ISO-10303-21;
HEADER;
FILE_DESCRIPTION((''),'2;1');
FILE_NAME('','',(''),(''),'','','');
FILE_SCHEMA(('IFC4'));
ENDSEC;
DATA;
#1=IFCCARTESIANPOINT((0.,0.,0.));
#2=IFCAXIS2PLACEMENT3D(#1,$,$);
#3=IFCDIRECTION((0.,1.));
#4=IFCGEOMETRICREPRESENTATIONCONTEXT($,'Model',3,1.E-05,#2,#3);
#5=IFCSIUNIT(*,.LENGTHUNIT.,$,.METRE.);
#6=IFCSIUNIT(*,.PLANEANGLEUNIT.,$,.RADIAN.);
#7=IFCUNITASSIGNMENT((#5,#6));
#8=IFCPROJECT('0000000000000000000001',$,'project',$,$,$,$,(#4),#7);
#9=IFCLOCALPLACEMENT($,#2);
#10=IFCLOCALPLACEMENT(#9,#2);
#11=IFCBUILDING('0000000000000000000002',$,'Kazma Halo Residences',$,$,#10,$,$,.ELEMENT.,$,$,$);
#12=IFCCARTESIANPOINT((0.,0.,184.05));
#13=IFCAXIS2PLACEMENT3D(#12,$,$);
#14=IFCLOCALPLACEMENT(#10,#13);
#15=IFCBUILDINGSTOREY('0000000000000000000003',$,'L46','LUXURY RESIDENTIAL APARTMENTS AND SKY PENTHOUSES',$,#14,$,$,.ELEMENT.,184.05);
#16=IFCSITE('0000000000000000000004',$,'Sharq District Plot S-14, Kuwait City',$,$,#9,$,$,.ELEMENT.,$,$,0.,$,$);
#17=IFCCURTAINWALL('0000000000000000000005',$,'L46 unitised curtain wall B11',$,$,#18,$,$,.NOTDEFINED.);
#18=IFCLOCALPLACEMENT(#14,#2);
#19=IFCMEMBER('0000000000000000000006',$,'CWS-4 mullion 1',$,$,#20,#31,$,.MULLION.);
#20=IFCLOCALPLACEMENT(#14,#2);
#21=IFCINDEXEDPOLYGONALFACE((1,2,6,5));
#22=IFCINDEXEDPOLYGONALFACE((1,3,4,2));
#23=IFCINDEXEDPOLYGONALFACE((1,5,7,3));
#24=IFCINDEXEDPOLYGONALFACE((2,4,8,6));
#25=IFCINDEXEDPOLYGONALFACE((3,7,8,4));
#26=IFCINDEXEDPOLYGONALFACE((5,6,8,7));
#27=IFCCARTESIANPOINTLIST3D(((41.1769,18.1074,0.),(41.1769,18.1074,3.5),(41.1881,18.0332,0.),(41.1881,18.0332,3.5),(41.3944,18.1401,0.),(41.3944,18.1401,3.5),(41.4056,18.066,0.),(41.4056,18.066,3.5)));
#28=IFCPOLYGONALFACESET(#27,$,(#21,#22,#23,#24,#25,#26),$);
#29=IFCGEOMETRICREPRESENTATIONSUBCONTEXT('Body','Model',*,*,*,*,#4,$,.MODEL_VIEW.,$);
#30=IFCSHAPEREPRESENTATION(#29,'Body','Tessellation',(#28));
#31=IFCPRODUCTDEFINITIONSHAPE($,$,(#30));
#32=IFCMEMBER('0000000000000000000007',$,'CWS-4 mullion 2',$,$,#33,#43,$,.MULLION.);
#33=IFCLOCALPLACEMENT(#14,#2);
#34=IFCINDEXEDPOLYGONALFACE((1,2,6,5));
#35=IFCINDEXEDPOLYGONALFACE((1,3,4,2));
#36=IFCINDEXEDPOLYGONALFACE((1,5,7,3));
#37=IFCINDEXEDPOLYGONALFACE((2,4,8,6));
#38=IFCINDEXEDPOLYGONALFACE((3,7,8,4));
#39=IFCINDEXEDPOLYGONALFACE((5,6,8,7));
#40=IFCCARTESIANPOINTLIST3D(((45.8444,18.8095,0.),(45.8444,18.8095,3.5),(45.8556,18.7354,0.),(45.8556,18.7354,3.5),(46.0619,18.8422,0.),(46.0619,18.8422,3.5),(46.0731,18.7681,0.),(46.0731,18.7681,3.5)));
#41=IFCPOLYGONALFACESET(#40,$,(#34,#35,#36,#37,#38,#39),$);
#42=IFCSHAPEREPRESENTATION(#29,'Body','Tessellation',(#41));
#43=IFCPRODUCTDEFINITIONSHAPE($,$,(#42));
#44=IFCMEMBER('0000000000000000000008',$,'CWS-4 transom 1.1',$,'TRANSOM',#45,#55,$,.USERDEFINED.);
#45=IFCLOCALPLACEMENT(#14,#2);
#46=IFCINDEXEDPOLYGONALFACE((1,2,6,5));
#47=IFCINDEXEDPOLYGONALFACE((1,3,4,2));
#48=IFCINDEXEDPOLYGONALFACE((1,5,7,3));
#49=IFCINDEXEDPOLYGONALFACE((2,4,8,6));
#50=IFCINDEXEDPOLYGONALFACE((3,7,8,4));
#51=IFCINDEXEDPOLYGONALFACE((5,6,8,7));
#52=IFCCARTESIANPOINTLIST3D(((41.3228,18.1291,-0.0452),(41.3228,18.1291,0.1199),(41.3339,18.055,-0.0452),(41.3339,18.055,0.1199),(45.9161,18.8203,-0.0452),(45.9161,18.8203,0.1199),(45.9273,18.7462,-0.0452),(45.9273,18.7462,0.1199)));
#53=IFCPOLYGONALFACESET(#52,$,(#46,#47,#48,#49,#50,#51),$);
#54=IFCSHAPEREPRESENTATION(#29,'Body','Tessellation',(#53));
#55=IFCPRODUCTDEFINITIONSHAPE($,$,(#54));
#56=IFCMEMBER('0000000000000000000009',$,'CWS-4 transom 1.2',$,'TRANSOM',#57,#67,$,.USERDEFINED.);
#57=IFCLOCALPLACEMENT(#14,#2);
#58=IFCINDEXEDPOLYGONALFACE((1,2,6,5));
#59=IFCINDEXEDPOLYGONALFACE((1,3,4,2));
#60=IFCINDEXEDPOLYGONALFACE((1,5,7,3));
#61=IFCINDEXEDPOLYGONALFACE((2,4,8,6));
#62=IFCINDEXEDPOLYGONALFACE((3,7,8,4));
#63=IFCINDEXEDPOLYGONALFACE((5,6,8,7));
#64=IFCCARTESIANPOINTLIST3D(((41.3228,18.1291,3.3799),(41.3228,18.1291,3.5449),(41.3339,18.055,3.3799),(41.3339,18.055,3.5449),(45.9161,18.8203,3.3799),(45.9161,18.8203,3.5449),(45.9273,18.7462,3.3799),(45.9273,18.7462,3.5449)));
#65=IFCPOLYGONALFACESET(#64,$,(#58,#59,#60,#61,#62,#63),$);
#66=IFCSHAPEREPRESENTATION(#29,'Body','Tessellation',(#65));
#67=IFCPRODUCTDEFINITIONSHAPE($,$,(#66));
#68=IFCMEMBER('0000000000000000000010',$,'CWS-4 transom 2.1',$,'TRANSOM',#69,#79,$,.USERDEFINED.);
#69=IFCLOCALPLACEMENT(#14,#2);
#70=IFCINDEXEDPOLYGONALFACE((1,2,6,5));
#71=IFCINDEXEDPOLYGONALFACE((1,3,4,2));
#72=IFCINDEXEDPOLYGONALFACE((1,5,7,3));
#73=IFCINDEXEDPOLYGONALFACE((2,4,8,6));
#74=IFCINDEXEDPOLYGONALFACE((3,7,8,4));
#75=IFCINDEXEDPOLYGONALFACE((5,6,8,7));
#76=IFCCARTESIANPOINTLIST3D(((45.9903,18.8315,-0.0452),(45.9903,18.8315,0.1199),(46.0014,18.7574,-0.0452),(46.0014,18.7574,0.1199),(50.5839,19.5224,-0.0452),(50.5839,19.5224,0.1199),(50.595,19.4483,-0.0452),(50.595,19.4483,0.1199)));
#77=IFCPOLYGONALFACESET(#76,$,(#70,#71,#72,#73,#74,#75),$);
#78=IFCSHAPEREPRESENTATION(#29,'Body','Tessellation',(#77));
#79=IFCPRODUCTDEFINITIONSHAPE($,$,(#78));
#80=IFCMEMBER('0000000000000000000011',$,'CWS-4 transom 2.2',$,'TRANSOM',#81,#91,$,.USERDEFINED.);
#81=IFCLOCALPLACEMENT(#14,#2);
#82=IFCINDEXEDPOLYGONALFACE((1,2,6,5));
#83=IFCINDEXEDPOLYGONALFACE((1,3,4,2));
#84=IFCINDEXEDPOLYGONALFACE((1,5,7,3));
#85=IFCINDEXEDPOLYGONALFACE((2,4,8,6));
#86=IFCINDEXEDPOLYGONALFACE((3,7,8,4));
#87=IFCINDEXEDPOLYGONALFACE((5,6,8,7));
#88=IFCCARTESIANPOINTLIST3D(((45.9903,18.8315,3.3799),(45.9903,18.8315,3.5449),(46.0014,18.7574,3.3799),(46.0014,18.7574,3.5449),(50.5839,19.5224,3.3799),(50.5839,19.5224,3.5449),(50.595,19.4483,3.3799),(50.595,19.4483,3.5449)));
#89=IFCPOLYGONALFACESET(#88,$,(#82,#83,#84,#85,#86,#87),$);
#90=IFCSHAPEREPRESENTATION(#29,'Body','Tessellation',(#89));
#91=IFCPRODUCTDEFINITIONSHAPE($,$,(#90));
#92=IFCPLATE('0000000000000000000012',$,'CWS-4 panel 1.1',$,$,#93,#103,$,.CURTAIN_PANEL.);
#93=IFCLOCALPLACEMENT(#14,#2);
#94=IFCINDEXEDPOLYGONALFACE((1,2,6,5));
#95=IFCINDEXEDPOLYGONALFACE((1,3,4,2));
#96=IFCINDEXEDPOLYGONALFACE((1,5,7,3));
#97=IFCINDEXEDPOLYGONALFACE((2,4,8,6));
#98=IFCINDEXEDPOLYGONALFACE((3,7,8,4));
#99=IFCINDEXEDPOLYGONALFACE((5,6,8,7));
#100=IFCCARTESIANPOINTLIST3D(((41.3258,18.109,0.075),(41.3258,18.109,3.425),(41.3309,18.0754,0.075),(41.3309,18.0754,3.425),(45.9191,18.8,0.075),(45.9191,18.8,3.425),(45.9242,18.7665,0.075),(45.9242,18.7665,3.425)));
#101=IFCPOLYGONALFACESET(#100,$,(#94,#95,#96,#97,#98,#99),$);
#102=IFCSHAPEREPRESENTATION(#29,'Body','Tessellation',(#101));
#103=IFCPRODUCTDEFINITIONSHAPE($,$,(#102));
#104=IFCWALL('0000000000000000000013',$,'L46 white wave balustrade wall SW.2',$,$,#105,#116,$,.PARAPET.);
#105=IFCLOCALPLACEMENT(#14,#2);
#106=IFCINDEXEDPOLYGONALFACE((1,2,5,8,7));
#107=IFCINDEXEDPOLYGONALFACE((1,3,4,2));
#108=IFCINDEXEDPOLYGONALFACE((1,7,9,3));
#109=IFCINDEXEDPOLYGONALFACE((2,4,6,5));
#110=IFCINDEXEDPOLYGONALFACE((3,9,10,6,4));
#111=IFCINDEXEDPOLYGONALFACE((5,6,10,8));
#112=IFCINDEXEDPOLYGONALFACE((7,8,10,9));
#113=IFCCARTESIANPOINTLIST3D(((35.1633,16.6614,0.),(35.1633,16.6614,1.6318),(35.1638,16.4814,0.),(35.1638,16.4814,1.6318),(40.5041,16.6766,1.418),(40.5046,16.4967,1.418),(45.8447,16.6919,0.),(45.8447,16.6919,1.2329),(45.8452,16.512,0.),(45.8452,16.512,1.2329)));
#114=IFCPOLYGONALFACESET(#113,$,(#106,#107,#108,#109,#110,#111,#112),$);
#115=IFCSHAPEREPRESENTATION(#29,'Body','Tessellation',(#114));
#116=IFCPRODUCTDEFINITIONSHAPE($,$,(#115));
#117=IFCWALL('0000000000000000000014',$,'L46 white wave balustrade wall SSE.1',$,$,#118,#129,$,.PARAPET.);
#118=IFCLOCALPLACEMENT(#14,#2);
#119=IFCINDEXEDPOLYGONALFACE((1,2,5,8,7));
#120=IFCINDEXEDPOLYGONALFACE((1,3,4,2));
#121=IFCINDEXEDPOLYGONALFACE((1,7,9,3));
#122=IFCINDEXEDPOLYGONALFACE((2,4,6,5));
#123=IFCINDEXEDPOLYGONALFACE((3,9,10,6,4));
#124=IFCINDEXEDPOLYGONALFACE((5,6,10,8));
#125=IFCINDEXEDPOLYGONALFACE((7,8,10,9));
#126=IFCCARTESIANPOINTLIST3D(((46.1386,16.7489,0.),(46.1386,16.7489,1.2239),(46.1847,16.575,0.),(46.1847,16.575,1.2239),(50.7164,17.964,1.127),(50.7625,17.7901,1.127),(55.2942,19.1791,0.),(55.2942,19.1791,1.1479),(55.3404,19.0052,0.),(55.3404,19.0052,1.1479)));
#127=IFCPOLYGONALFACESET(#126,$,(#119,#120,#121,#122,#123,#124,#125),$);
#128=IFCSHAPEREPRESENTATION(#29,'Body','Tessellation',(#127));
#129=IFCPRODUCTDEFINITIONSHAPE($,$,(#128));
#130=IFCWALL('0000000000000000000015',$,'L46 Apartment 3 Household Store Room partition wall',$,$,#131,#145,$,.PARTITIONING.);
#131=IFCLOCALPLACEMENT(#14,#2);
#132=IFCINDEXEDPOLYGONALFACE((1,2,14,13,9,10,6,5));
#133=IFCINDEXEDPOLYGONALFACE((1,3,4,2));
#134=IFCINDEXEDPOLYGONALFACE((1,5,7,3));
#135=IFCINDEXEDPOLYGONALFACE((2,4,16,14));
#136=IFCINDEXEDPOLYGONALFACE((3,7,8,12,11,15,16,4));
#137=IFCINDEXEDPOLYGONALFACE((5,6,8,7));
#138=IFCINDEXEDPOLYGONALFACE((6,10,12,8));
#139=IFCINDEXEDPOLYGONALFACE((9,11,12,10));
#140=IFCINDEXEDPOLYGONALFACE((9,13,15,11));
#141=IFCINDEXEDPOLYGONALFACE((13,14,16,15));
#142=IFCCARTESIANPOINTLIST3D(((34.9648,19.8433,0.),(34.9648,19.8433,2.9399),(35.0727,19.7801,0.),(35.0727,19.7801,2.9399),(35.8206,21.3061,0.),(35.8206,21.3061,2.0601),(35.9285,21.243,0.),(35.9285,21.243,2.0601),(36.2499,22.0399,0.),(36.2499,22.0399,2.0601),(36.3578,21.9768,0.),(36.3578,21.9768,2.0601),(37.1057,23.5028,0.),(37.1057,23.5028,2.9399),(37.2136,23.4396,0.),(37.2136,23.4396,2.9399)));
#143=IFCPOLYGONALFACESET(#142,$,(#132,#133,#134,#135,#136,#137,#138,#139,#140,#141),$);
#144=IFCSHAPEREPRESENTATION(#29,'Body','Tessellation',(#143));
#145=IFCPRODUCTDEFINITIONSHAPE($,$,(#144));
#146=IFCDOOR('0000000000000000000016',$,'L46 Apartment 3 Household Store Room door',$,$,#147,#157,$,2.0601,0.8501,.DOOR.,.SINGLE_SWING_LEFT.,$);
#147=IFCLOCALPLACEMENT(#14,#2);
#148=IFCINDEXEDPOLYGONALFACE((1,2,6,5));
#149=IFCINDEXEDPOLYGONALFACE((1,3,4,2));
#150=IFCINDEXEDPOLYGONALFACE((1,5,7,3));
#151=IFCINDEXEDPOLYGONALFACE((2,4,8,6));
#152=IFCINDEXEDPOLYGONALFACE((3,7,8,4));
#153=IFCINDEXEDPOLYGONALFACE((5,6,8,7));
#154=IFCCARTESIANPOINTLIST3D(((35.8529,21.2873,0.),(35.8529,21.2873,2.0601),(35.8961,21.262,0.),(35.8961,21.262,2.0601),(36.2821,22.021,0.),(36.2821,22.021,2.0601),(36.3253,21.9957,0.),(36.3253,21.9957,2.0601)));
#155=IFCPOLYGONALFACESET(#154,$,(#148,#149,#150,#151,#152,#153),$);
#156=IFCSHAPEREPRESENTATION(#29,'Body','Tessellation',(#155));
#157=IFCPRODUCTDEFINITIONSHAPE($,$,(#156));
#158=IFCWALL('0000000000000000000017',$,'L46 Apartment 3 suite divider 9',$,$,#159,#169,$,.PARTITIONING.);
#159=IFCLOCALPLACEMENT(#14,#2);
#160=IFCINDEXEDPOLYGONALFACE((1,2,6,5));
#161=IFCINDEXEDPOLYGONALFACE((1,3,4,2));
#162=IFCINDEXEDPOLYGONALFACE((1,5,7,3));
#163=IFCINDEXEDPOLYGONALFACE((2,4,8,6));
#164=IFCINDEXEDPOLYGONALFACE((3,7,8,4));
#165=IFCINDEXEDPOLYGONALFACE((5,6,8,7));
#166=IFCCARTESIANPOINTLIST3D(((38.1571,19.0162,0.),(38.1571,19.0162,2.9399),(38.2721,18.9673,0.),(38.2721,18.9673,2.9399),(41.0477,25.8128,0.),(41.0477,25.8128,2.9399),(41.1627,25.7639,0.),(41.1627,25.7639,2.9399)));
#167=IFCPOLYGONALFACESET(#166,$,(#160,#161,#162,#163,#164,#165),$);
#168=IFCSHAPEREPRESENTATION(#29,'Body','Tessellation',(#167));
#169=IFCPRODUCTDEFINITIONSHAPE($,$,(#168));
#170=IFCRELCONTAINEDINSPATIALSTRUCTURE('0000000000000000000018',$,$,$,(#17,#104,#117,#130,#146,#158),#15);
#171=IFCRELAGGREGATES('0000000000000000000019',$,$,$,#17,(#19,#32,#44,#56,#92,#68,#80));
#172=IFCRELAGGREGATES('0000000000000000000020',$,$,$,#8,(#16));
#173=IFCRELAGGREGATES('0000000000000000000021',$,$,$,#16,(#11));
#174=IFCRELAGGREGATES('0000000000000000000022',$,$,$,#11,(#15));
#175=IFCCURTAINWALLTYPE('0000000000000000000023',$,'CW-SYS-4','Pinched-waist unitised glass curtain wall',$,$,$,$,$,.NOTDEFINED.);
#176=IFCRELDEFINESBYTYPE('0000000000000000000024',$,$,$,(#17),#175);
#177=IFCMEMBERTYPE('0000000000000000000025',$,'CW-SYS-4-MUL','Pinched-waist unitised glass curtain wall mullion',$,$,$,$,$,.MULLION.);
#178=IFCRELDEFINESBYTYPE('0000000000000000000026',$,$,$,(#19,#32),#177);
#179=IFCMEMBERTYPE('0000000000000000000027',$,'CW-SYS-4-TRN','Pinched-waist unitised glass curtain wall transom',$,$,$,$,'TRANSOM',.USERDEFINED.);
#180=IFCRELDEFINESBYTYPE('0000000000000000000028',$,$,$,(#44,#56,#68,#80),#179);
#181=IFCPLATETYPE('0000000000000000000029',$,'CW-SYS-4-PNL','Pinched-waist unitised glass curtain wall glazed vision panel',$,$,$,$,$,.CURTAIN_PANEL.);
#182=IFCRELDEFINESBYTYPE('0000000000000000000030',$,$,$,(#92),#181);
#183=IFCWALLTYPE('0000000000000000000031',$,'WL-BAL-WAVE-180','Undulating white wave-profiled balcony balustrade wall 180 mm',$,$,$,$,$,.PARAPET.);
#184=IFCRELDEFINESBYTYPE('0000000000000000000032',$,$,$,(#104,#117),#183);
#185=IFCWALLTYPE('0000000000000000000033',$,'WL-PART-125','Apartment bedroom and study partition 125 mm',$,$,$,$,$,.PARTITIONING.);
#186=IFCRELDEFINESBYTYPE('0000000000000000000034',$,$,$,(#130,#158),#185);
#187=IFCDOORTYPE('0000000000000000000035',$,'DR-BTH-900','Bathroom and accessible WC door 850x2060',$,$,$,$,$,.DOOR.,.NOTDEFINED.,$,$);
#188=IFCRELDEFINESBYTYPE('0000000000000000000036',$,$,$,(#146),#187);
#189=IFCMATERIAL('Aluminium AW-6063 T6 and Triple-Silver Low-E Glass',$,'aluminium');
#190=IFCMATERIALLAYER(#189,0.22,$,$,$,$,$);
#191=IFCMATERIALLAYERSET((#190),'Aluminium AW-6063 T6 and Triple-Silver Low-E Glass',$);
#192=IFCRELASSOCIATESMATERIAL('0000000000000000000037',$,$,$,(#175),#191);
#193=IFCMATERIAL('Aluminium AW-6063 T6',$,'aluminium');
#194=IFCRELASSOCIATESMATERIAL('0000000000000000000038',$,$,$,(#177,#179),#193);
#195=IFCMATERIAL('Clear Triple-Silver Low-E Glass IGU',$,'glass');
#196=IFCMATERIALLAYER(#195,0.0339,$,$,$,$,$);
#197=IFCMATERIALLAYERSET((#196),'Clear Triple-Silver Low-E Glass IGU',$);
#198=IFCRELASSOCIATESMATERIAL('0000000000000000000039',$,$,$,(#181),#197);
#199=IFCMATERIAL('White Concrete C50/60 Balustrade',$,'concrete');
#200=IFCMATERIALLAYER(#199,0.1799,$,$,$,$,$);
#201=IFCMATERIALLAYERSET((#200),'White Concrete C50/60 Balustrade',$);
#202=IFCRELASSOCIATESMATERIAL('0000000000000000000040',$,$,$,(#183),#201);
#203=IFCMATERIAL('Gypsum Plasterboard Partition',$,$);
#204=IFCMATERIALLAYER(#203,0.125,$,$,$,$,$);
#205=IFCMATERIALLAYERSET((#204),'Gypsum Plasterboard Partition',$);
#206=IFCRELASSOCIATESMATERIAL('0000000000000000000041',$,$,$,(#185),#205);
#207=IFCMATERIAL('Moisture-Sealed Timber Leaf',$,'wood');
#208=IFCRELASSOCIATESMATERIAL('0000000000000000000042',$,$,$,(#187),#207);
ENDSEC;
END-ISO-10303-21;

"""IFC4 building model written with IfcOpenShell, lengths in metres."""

from ifc_helpers import new_model, si_unit, direction, frame, frame_2d, origin, origin_2d, place, context, subcontext, project, spatial, polyline, rectangle, outline, extrude, material, layer, layer_set, material_profile, profile_set, type_object, element, fill, aggregate, save


model = new_model("IFC4")

# Units and contexts
model_context = context("Model", 3, precision=1e-05, world=origin(), true_north=direction((0.0, 1.0)))
body_context = subcontext(model_context, "Body", "Model", "MODEL_VIEW")
ifc_project = project(units=[si_unit("LENGTHUNIT", "METRE"), si_unit("PLANEANGLEUNIT", "RADIAN")], contexts=[model_context])

# Site, building, storey
site_placement = place(None, origin())
site = spatial("IfcSite", under=ifc_project, at=site_placement, Name="Sharq District Plot S-14, Kuwait City", CompositionType="ELEMENT", RefElevation=0.0)
building_placement = place(site_placement, origin())
building = spatial("IfcBuilding", under=site, at=building_placement, Name="Kazma Halo Residences", CompositionType="ELEMENT")
storey_placement = place(building_placement, frame((0.0, 0.0, 184.05)))
storey = spatial("IfcBuildingStorey", under=building, at=storey_placement, Name="L46", Description="LUXURY RESIDENTIAL APARTMENTS AND SKY PENTHOUSES", CompositionType="ELEMENT", Elevation=184.05)

# Curtain wall, members, plate
ifc_material_1 = material(Name="Aluminium AW-6063 T6 and Triple-Silver Low-E Glass", Category="aluminium")
ifc_layer_1 = layer(ifc_material_1, 0.22)
ifc_layer_set_1 = layer_set([ifc_layer_1], Name="Aluminium AW-6063 T6 and Triple-Silver Low-E Glass")
curtain_wall_type = type_object("IfcCurtainWallType", Name="CW-SYS-4", Description="Pinched-waist unitised glass curtain wall", PredefinedType="NOTDEFINED", material=ifc_layer_set_1)
curtain_wall_placement = place(storey_placement, origin())
curtain_wall = element("IfcCurtainWall", 1, at=curtain_wall_placement, inside=storey, type_object=curtain_wall_type, Name="L46 unitised curtain wall B11", PredefinedType="NOTDEFINED")
ifc_material_2 = material(Name="Aluminium AW-6063 T6", Category="aluminium")
ifc_material_profile_1 = material_profile(ifc_material_2, rectangle(XDim=0.075, YDim=0.22, at=origin_2d()), Name="CWM-75x220")
ifc_profile_set_1 = profile_set([ifc_material_profile_1], Name="Aluminium AW-6063 T6")
member_type_1 = type_object("IfcMemberType", Name="CW-SYS-4-MUL", Description="Pinched-waist unitised glass curtain wall mullion", PredefinedType="MULLION", material=ifc_profile_set_1)
member_1_placement = place(storey_placement, frame((41.2913, 18.0867, 0.0), z_axis=(0.0, 0.0, 1.0), x_axis=(-0.148773, 0.988871, 0.0)))
member_1 = element("IfcMember", 2, at=member_1_placement, type_object=member_type_1, Name="CWS-4 mullion 1", PredefinedType="MULLION", context=body_context, shape_type="SweptSolid", body=[
    extrude(rectangle(XDim=0.075, YDim=0.22, at=origin_2d()), origin(), (0.0, 0.0, 1.0), 3.5),
])
member_2_placement = place(storey_placement, frame((45.9587, 18.7888, 0.0), z_axis=(0.0, 0.0, 1.0), x_axis=(-0.148773, 0.988871, 0.0)))
member_2 = element("IfcMember", 3, at=member_2_placement, type_object=member_type_1, Name="CWS-4 mullion 2", PredefinedType="MULLION", context=body_context, shape_type="SweptSolid", body=[
    extrude(rectangle(XDim=0.075, YDim=0.22, at=origin_2d()), origin(), (0.0, 0.0, 1.0), 3.5),
])
ifc_material_profile_2 = material_profile(ifc_material_2, rectangle(XDim=0.075, YDim=0.165, at=origin_2d()), Name="CWT-75x165")
ifc_profile_set_2 = profile_set([ifc_material_profile_2], Name="Aluminium AW-6063 T6")
member_type_2 = type_object("IfcMemberType", Name="CW-SYS-4-TRN", Description="Pinched-waist unitised glass curtain wall transom", ElementType="TRANSOM", PredefinedType="USERDEFINED", material=ifc_profile_set_2)
member_3_placement = place(storey_placement, frame((41.3284, 18.092, 0.0374), z_axis=(0.988868, 0.148798, 0.0), x_axis=(-0.148798, 0.988868, 0.0)))
member_3 = element("IfcMember", 4, at=member_3_placement, type_object=member_type_2, Name="CWS-4 transom 1.1", ObjectType="TRANSOM", PredefinedType="USERDEFINED", context=body_context, shape_type="SweptSolid", body=[
    extrude(rectangle(XDim=0.075, YDim=0.165, at=origin_2d()), origin(), (0.0, 0.0, 1.0), 4.645),
])
member_4_placement = place(storey_placement, frame((41.3284, 18.092, 3.4624), z_axis=(0.988868, 0.148798, 0.0), x_axis=(-0.148798, 0.988868, 0.0)))
member_4 = element("IfcMember", 5, at=member_4_placement, type_object=member_type_2, Name="CWS-4 transom 1.2", ObjectType="TRANSOM", PredefinedType="USERDEFINED", context=body_context, shape_type="SweptSolid", body=[
    extrude(rectangle(XDim=0.075, YDim=0.165, at=origin_2d()), origin(), (0.0, 0.0, 1.0), 4.645),
])
member_5_placement = place(storey_placement, frame((45.9958, 18.7944, 0.0374), z_axis=(0.988877, 0.148739, 0.0), x_axis=(-0.148739, 0.988877, 0.0)))
member_5 = element("IfcMember", 6, at=member_5_placement, type_object=member_type_2, Name="CWS-4 transom 2.1", ObjectType="TRANSOM", PredefinedType="USERDEFINED", context=body_context, shape_type="SweptSolid", body=[
    extrude(rectangle(XDim=0.075, YDim=0.165, at=origin_2d()), origin(), (0.0, 0.0, 1.0), 4.6453),
])
member_6_placement = place(storey_placement, frame((45.9958, 18.7944, 3.4624), z_axis=(0.988877, 0.148739, 0.0), x_axis=(-0.148739, 0.988877, 0.0)))
member_6 = element("IfcMember", 7, at=member_6_placement, type_object=member_type_2, Name="CWS-4 transom 2.2", ObjectType="TRANSOM", PredefinedType="USERDEFINED", context=body_context, shape_type="SweptSolid", body=[
    extrude(rectangle(XDim=0.075, YDim=0.165, at=origin_2d()), origin(), (0.0, 0.0, 1.0), 4.6453),
])
ifc_material_3 = material(Name="Clear Triple-Silver Low-E Glass IGU", Category="glass")
ifc_layer_2 = layer(ifc_material_3, 0.0339)
ifc_layer_set_2 = layer_set([ifc_layer_2], Name="Clear Triple-Silver Low-E Glass IGU")
plate_type = type_object("IfcPlateType", Name="CW-SYS-4-PNL", Description="Pinched-waist unitised glass curtain wall glazed vision panel", PredefinedType="CURTAIN_PANEL", material=ifc_layer_set_2)
plate_placement = place(storey_placement, frame((43.625, 18.4377, 0.075), z_axis=(0.0, 0.0, 1.0), x_axis=(0.988871, 0.148773, 0.0)))
plate = element("IfcPlate", 8, at=plate_placement, type_object=plate_type, Name="CWS-4 panel 1.1", PredefinedType="CURTAIN_PANEL", context=body_context, shape_type="SweptSolid", body=[
    extrude(rectangle(XDim=4.645, YDim=0.0339, at=origin_2d()), origin(), (0.0, 0.0, 1.0), 3.3501),
])
aggregate(curtain_wall, [member_1, member_2, member_3, member_4, plate, member_5, member_6])

# Walls
ifc_material_4 = material(Name="White Concrete C50/60 Balustrade", Category="concrete")
ifc_layer_3 = layer(ifc_material_4, 0.1799)
ifc_layer_set_3 = layer_set([ifc_layer_3], Name="White Concrete C50/60 Balustrade")
wall_type_1 = type_object("IfcWallType", Name="WL-BAL-WAVE-180", Description="Undulating white wave-profiled balcony balustrade wall 180 mm", PredefinedType="PARAPET", material=ifc_layer_set_3)
wall_1_placement = place(storey_placement, frame((35.1636, 16.5715, 0.0), z_axis=(0.0, 0.0, 1.0), x_axis=(0.999996, 0.002857, 0.0)))
element("IfcWall", 9, at=wall_1_placement, inside=storey, type_object=wall_type_1, Name="L46 white wave balustrade wall SW.2", PredefinedType="PARAPET", context=body_context, shape_type="SweptSolid", body=[
    extrude(outline(polyline([(0.0, 0.0), (10.6814, 0.0), (10.6814, 1.2329), (5.3408, 1.418), (0.0, 1.6318), (0.0, 0.0)])), frame((0.0, 0.0898, 0.0), z_axis=(0.0, -1.0, 0.0), x_axis=(1.0, 0.0, 0.0)), (0.0, 0.0, 1.0), 0.1799),
])
wall_2_placement = place(storey_placement, frame((46.1616, 16.6621, 0.0), z_axis=(0.0, 0.0, 1.0), x_axis=(0.966531, 0.256549, 0.0)))
element("IfcWall", 10, at=wall_2_placement, inside=storey, type_object=wall_type_1, Name="L46 white wave balustrade wall SSE.1", PredefinedType="PARAPET", context=body_context, shape_type="SweptSolid", body=[
    extrude(outline(polyline([(0.0, 0.0), (9.4727, 0.0), (9.4727, 1.1479), (4.7363, 1.127), (0.0, 1.2239), (0.0, 0.0)])), frame((0.0, 0.0898, 0.0), z_axis=(0.0, -1.0, 0.0), x_axis=(1.0, 0.0, 0.0)), (0.0, 0.0, 1.0), 0.1799),
])

# Wall, opening, door
ifc_material_5 = material(Name="Gypsum Plasterboard Partition")
ifc_layer_4 = layer(ifc_material_5, 0.125)
ifc_layer_set_4 = layer_set([ifc_layer_4], Name="Gypsum Plasterboard Partition")
wall_type_2 = type_object("IfcWallType", Name="WL-PART-125", Description="Apartment bedroom and study partition 125 mm", PredefinedType="PARTITIONING", material=ifc_layer_set_4)
wall_3_placement = place(storey_placement, frame((37.1597, 23.4712, 0.0), z_axis=(0.0, 0.0, 1.0), x_axis=(-0.504963, -0.863141, 0.0)))
wall_3 = element("IfcWall", 11, at=wall_3_placement, inside=storey, type_object=wall_type_2, Name="L46 Apartment 3 Household Store Room partition wall", PredefinedType="PARTITIONING", context=body_context, shape_type="SweptSolid", body=[
    extrude(rectangle(XDim=4.2397, YDim=0.125, at=frame_2d((2.1199, 0.0))), origin(), (0.0, 0.0, 1.0), 2.9399),
])
opening_1_placement = place(wall_3_placement, frame((1.6948, 0.0, 0.0)))
opening_1 = element("IfcOpeningElement", 12, at=opening_1_placement, cuts=wall_3, PredefinedType="OPENING", context=body_context, shape_type="SweptSolid", body=[
    extrude(rectangle(XDim=0.8501, YDim=2.0601, at=frame_2d((0.425, 1.03))), frame((0.0, 0.0725, 0.0), z_axis=(0.0, -1.0, 0.0), x_axis=(1.0, 0.0, 0.0)), (0.0, 0.0, 1.0), 0.145),
])
ifc_material_6 = material(Name="Moisture-Sealed Timber Leaf", Category="wood")
door_type_1 = type_object("IfcDoorType", Name="DR-BTH-900", Description="Bathroom and accessible WC door 850x2060", OperationType="NOTDEFINED", PredefinedType="DOOR", material=ifc_material_6)
door_1_placement = place(opening_1_placement, origin())
door_1 = element("IfcDoor", 13, at=door_1_placement, inside=storey, type_object=door_type_1, Name="L46 Apartment 3 Household Store Room door", OperationType="SINGLE_SWING_LEFT", OverallHeight=2.0601, OverallWidth=0.8501, PredefinedType="DOOR", context=body_context, shape_type="SweptSolid", body=[
    extrude(rectangle(XDim=0.8501, YDim=2.0601, at=frame_2d((0.425, 1.03))), frame((0.0, 0.0249, 0.0), z_axis=(0.0, -1.0, 0.0), x_axis=(1.0, 0.0, 0.0)), (0.0, 0.0, 1.0), 0.05),
])
fill(opening_1, door_1)

# Wall
wall_4_placement = place(storey_placement, frame((41.1052, 25.7883, 0.0), z_axis=(0.0, 0.0, 1.0), x_axis=(-0.391377, -0.920231, 0.0)))
element("IfcWall", 14, at=wall_4_placement, inside=storey, type_object=wall_type_2, Name="L46 Apartment 3 suite divider 9", PredefinedType="PARTITIONING", context=body_context, shape_type="SweptSolid", body=[
    extrude(rectangle(XDim=7.3857, YDim=0.125, at=frame_2d((3.6929, 0.0))), origin(), (0.0, 0.0, 1.0), 2.9399),
])

save(model, "model.ifc")
